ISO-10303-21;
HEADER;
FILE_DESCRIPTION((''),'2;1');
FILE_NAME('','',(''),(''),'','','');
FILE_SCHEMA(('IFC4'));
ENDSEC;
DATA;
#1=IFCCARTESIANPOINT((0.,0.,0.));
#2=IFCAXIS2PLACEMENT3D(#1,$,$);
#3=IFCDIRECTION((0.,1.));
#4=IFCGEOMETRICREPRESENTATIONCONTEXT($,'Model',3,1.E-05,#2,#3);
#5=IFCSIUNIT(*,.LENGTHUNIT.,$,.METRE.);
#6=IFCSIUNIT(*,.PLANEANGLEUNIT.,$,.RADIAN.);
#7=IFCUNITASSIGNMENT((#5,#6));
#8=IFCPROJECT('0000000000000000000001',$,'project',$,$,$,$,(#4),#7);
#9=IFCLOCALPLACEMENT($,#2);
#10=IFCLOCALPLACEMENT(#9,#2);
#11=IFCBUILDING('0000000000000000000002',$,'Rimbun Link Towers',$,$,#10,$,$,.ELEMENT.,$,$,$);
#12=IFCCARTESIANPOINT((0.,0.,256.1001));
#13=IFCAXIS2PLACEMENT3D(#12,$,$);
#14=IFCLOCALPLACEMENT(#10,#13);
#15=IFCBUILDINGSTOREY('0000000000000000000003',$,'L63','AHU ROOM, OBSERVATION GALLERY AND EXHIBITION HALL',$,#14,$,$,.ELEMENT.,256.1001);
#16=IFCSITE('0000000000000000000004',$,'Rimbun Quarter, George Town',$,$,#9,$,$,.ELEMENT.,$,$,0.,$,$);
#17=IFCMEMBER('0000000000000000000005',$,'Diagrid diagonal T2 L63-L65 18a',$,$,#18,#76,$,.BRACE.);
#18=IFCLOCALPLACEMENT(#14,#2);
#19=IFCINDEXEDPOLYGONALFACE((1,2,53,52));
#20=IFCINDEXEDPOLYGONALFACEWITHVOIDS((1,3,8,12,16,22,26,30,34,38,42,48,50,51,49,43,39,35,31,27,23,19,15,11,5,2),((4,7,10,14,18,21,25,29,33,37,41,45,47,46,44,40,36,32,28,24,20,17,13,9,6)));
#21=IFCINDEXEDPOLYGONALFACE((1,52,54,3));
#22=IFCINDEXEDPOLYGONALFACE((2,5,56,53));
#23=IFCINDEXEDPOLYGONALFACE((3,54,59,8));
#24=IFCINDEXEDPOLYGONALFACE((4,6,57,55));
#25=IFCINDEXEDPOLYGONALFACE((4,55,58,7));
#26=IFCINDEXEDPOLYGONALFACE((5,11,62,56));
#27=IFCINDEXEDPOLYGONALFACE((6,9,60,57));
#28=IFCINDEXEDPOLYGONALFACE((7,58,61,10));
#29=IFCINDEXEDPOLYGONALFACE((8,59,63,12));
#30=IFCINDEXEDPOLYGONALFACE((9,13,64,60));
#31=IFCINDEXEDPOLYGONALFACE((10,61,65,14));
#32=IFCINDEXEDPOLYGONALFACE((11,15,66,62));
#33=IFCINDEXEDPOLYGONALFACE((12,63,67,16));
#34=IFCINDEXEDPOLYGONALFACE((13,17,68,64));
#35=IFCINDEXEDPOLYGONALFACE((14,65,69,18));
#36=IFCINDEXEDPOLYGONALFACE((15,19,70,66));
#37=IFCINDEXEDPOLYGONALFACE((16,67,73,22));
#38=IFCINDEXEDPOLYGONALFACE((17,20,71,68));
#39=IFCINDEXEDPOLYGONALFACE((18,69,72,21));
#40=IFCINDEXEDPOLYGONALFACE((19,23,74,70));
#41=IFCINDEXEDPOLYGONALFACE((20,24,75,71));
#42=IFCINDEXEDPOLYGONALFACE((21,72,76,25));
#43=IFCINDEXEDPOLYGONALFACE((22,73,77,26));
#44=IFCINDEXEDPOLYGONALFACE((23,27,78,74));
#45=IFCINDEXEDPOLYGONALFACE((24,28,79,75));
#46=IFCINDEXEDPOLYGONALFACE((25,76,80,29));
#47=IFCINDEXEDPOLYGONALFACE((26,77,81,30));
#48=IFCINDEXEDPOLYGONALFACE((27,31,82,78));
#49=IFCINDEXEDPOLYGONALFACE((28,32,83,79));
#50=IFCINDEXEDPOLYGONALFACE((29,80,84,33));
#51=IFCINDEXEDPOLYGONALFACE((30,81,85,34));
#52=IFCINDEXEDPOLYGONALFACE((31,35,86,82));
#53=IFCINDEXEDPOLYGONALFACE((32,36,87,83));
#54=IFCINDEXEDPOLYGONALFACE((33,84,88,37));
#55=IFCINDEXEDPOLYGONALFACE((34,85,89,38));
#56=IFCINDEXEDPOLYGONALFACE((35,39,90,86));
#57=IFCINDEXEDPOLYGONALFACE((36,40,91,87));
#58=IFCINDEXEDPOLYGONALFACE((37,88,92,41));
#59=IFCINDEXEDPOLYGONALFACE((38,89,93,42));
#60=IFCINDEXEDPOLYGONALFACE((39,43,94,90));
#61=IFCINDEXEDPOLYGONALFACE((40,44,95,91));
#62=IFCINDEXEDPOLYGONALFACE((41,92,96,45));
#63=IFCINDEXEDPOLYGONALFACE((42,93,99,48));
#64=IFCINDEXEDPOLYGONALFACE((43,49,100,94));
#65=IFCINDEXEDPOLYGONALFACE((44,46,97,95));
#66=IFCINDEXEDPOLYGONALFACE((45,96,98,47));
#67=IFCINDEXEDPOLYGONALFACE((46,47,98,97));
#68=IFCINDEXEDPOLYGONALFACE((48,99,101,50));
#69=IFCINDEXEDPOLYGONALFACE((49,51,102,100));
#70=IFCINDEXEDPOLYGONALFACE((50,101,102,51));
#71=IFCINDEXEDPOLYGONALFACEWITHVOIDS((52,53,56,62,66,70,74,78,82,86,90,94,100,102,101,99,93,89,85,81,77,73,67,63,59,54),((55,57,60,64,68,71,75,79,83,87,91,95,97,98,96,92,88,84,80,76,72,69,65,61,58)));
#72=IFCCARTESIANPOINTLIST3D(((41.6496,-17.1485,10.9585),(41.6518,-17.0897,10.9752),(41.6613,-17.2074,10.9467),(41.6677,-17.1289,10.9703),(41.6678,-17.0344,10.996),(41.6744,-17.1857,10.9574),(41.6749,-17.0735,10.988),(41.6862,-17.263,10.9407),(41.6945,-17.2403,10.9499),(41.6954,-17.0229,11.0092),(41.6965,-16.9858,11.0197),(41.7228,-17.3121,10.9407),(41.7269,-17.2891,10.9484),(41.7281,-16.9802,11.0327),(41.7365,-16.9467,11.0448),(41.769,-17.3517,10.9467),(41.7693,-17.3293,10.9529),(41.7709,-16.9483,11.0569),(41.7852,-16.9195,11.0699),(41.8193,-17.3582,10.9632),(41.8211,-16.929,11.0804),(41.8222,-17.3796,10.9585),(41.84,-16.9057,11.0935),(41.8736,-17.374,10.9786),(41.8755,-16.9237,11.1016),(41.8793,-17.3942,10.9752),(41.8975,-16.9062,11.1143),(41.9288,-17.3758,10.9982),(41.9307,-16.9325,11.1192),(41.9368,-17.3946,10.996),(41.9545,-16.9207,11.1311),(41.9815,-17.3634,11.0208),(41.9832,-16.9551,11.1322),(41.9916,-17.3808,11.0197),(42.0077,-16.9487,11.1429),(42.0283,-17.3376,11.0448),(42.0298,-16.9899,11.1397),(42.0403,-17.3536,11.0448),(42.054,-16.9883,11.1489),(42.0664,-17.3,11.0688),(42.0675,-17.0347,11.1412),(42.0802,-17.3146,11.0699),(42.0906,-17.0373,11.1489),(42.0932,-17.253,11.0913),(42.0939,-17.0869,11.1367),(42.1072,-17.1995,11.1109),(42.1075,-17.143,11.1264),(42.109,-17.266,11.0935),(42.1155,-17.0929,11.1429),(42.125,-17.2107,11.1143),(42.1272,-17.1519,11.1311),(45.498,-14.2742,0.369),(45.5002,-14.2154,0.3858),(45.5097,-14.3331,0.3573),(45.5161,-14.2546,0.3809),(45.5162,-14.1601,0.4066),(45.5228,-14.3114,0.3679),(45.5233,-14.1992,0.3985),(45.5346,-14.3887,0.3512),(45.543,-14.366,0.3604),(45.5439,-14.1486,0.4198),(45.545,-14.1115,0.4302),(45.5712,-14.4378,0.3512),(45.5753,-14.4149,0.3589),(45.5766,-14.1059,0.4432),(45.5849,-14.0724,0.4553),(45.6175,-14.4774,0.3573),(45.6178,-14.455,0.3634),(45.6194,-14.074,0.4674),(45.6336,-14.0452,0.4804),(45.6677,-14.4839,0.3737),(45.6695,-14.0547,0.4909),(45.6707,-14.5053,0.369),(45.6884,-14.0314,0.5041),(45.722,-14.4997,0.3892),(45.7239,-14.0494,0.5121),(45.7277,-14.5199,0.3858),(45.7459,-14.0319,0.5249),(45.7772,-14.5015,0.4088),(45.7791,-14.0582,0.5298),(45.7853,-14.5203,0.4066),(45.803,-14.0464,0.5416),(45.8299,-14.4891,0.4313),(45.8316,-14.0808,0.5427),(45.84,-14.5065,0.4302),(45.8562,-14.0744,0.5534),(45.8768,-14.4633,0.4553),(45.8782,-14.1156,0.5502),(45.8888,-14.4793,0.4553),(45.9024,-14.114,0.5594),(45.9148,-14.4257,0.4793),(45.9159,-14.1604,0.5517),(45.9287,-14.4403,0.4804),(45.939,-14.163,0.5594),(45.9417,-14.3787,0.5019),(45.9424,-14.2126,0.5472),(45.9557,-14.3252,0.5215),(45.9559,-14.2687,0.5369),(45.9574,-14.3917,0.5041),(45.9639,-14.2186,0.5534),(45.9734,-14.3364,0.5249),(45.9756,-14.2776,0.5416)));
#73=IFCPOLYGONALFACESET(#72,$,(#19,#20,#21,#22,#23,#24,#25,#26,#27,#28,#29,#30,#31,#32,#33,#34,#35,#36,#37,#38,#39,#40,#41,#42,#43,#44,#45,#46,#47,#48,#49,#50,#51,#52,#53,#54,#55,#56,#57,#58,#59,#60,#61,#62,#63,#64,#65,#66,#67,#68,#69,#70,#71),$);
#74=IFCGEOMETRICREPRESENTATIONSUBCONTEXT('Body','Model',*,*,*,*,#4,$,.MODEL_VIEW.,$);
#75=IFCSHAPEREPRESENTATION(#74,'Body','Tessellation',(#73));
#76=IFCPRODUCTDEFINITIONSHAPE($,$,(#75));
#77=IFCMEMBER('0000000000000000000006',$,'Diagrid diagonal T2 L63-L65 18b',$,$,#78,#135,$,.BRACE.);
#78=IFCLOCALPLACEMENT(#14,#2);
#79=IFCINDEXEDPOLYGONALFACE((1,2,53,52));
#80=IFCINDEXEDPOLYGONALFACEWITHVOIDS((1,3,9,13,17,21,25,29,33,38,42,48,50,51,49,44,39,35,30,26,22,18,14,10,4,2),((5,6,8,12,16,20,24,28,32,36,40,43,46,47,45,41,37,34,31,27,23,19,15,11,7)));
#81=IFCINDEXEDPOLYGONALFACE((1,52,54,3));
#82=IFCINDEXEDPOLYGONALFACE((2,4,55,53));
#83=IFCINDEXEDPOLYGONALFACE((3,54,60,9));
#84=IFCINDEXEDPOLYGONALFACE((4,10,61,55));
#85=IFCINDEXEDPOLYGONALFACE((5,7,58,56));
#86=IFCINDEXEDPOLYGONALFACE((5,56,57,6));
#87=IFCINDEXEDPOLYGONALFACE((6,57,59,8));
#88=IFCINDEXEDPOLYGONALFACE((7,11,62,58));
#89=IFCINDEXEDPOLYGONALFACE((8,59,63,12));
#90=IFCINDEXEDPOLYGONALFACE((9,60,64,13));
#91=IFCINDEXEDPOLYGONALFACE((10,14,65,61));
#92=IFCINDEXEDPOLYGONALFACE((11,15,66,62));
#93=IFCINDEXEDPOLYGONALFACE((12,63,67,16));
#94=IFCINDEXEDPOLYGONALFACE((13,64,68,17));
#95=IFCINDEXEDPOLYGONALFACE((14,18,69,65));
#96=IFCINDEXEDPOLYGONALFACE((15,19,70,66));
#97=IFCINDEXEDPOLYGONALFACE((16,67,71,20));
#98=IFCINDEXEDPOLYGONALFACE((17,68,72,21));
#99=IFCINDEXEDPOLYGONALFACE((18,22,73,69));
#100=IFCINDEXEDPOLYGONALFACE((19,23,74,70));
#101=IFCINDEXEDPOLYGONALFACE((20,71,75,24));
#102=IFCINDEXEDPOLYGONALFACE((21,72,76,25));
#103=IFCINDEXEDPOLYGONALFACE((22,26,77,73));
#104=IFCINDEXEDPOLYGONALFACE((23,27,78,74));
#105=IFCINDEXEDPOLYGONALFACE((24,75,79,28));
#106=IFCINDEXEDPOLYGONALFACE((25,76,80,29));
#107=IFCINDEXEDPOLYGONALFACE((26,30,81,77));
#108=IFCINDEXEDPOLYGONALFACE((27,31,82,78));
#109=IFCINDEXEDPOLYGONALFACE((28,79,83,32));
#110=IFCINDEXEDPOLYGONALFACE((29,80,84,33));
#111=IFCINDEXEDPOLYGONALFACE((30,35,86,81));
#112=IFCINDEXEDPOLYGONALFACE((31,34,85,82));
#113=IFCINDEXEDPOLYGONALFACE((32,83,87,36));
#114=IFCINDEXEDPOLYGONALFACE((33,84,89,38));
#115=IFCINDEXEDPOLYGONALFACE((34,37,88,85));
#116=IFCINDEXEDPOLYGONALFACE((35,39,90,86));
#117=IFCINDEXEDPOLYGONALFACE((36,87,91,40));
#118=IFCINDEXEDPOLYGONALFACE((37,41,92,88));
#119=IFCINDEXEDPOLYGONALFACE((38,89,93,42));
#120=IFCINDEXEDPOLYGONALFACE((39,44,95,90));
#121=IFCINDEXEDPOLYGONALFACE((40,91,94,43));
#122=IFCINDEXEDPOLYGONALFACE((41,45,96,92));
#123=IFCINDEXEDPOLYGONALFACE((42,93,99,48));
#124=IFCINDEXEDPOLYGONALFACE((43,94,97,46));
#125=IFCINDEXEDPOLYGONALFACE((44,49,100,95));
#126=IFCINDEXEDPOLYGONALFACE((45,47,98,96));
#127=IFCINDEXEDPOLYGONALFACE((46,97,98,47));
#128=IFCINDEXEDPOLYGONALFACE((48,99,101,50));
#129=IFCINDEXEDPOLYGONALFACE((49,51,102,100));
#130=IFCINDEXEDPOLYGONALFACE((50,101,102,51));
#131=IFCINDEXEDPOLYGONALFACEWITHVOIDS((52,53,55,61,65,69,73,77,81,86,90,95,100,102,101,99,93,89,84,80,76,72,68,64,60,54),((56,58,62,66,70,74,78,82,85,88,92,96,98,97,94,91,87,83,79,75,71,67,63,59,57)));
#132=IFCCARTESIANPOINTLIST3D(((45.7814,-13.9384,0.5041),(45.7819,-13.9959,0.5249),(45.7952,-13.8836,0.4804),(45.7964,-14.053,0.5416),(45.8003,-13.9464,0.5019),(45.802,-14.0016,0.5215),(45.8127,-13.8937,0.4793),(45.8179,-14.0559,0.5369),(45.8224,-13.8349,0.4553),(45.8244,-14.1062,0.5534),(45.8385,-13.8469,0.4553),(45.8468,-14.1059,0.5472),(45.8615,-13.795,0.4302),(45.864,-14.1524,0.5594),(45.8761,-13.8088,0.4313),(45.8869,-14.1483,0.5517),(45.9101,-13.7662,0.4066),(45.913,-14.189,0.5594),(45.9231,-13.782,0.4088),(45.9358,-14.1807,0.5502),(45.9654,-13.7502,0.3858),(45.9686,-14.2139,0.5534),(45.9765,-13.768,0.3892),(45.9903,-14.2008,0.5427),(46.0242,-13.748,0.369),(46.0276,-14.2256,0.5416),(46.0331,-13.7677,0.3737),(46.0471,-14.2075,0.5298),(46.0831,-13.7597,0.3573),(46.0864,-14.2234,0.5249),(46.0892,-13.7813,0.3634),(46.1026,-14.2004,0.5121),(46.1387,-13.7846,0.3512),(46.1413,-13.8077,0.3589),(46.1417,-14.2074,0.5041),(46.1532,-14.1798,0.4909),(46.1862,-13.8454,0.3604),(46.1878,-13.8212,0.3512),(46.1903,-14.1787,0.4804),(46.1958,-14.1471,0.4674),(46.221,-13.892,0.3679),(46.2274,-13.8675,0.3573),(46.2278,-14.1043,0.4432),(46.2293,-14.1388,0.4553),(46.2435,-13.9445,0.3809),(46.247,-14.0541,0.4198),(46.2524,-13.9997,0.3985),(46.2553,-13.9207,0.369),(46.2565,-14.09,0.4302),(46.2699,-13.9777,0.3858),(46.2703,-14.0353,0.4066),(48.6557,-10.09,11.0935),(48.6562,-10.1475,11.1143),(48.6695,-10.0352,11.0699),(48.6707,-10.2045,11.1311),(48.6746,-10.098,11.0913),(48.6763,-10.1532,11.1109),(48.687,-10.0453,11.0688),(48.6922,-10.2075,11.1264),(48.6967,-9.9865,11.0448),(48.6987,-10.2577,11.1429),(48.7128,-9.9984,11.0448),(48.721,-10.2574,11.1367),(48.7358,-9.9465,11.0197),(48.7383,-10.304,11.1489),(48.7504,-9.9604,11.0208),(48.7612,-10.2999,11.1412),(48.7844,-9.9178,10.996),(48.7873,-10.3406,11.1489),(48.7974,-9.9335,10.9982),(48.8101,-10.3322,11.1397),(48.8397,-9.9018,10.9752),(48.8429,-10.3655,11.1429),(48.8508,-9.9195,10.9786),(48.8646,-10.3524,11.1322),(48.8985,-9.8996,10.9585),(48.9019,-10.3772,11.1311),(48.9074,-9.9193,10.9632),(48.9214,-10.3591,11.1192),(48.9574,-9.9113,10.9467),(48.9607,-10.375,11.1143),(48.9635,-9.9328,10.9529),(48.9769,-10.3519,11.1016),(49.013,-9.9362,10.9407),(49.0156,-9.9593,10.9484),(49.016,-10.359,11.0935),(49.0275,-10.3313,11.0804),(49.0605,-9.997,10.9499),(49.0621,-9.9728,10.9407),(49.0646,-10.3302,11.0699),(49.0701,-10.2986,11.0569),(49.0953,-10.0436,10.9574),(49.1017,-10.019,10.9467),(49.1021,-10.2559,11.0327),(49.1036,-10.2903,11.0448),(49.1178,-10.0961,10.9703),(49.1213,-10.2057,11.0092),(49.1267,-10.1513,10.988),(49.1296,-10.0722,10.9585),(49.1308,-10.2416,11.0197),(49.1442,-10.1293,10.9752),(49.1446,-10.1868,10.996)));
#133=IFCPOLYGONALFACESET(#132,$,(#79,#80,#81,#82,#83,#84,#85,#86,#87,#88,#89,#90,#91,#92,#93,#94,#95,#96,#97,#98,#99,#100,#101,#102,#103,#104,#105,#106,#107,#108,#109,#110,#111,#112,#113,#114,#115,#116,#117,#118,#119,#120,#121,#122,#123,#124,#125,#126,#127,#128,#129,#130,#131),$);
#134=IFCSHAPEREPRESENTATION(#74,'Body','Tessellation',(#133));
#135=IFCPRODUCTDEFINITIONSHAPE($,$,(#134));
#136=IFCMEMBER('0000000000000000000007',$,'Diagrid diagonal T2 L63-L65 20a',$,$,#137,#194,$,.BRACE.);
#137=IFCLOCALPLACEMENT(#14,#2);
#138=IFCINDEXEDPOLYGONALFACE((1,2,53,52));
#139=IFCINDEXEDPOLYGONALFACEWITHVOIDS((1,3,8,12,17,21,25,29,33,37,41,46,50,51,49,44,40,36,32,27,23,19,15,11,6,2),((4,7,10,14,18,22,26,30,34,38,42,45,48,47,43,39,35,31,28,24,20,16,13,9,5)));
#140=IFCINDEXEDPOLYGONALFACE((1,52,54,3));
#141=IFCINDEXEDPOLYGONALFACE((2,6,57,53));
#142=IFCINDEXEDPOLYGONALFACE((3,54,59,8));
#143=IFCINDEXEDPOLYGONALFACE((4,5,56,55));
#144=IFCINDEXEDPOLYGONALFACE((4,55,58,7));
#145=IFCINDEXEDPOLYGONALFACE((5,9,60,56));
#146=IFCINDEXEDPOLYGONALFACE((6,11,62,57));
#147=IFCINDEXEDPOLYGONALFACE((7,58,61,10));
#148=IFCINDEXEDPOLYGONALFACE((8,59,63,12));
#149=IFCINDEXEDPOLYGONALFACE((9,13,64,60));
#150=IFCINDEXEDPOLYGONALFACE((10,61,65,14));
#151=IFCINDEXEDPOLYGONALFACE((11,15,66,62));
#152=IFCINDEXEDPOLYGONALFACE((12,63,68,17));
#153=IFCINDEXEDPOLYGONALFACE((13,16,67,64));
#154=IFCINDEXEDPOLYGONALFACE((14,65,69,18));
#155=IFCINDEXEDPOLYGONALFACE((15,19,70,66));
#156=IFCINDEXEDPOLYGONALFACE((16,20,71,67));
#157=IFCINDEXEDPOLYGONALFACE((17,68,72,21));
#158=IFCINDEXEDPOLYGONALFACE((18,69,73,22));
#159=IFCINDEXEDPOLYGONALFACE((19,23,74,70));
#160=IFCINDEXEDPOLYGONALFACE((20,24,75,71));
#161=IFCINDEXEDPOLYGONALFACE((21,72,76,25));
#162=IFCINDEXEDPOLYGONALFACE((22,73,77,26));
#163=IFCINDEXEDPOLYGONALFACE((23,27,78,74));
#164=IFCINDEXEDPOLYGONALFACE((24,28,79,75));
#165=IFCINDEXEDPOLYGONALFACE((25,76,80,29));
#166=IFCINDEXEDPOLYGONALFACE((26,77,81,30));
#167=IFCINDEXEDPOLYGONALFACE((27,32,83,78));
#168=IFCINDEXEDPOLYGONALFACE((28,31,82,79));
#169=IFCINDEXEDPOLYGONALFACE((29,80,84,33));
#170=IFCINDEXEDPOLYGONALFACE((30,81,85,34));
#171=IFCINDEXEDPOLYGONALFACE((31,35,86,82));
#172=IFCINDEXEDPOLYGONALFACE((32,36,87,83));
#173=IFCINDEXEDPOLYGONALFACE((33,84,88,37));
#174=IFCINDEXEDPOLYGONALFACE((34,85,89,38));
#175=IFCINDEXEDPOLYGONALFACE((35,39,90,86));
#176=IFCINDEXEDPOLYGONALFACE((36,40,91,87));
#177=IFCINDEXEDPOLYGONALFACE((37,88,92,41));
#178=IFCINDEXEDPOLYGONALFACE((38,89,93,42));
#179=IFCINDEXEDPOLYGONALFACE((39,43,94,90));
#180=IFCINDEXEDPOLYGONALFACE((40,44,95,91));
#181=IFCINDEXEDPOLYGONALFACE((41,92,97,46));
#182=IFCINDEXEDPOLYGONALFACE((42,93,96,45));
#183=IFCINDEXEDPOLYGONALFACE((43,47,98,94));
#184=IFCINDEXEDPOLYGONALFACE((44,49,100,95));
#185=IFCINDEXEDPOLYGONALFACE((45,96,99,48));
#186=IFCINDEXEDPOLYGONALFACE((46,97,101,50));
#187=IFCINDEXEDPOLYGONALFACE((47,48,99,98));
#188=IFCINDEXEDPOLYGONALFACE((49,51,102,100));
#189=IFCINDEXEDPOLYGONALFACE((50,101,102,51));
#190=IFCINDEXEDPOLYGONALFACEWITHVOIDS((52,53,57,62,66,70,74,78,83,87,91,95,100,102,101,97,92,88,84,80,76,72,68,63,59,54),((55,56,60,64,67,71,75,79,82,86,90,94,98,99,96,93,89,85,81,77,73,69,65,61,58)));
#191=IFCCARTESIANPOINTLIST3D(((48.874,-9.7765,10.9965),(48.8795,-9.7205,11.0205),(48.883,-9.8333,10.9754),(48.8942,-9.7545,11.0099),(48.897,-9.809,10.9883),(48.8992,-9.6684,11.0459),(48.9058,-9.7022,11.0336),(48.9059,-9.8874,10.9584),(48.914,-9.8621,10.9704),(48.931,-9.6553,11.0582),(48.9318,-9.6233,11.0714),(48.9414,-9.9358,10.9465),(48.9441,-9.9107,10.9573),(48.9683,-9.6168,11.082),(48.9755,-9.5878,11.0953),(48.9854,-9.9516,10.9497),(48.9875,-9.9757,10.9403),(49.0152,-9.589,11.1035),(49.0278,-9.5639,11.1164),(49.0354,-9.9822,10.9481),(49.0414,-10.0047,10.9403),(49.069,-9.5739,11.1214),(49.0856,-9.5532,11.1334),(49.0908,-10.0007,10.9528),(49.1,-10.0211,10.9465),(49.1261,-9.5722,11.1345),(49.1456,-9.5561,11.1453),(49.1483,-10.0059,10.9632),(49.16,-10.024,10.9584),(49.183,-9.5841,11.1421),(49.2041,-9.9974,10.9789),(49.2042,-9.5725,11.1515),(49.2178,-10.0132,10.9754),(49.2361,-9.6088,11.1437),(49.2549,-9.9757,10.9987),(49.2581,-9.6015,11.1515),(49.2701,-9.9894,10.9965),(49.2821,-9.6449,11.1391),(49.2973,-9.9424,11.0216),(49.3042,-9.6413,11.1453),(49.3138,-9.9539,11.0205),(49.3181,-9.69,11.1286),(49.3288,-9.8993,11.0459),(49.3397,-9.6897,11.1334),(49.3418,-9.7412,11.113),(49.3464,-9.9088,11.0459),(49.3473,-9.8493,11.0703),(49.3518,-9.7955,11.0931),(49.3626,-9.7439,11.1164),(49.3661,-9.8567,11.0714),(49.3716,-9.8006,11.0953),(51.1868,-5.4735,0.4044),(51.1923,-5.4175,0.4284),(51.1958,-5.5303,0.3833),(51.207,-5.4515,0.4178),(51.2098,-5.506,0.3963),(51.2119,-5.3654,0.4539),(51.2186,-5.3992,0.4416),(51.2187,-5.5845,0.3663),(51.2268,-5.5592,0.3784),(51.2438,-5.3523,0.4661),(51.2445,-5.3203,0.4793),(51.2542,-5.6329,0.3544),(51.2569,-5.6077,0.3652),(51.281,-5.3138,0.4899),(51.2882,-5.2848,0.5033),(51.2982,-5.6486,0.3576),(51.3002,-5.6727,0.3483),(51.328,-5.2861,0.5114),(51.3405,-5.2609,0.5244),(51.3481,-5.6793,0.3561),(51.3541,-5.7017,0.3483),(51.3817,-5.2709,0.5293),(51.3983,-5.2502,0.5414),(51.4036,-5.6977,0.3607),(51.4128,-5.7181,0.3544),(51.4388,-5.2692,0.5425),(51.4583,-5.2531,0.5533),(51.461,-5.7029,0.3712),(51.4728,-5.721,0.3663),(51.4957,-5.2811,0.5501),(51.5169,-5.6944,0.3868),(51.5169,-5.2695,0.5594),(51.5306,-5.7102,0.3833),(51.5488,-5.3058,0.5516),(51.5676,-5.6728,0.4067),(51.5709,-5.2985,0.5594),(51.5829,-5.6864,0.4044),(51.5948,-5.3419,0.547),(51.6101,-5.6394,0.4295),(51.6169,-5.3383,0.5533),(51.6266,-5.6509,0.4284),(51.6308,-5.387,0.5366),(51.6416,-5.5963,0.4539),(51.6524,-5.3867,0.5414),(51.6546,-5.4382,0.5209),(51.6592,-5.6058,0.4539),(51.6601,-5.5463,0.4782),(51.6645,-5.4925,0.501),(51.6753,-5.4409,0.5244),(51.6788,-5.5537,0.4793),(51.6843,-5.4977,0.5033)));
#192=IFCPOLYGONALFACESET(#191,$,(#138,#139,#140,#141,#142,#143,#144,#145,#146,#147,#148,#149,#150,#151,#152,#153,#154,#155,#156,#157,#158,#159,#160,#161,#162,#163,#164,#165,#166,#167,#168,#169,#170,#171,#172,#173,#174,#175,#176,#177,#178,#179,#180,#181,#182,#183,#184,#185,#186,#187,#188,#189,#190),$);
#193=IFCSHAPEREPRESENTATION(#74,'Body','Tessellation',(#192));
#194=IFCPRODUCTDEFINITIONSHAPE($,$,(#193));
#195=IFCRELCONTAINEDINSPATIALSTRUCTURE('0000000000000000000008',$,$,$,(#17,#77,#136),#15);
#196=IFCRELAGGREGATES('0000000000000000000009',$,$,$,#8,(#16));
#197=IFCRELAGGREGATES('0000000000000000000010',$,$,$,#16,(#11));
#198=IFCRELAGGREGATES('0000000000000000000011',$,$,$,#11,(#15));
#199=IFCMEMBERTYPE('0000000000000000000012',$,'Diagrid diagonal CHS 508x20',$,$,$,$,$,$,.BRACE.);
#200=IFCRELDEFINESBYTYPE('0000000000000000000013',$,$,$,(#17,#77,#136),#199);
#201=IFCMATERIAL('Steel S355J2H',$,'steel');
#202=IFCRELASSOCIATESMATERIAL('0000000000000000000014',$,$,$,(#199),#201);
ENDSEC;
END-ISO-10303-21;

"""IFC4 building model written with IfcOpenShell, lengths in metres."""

from ifc_helpers import new_model, si_unit, direction, frame, origin, origin_2d, place, context, subcontext, project, spatial, hollow_circle, extrude, material, material_profile, profile_set, type_object, element, save


model = new_model("IFC4")

# Units and contexts
model_context = context("Model", 3, precision=1e-05, world=origin(), true_north=direction((0.0, 1.0)))
body_context = subcontext(model_context, "Body", "Model", "MODEL_VIEW")
ifc_project = project(units=[si_unit("LENGTHUNIT", "METRE"), si_unit("PLANEANGLEUNIT", "RADIAN")], contexts=[model_context])

# Site, building, storey
site_placement = place(None, origin())
site = spatial("IfcSite", under=ifc_project, at=site_placement, Name="Rimbun Quarter, George Town", CompositionType="ELEMENT", RefElevation=0.0)
building_placement = place(site_placement, origin())
building = spatial("IfcBuilding", under=site, at=building_placement, Name="Rimbun Link Towers", CompositionType="ELEMENT")
storey_placement = place(building_placement, frame((0.0, 0.0, 256.1001)))
storey = spatial("IfcBuildingStorey", under=building, at=storey_placement, Name="L63", Description="AHU ROOM, OBSERVATION GALLERY AND EXHIBITION HALL", CompositionType="ELEMENT", Elevation=256.1001)

# Members
ifc_material_1 = material(Name="Steel S355J2H", Category="steel")
ifc_material_profile_1 = material_profile(ifc_material_1, hollow_circle(Radius=0.2539, WallThickness=0.02, at=origin_2d()), Name="Diagrid diagonal CHS 508x20")
ifc_profile_set_1 = profile_set([ifc_material_profile_1], Name="Steel S355J2H")
member_type_1 = type_object("IfcMemberType", Name="Diagrid diagonal CHS 508x20", PredefinedType="BRACE", material=ifc_profile_set_1)
for number, where, z_axis, x_axis, name in (
    (1, (45.7368, -14.2759, 0.4553), (-0.330964, -0.247189, 0.910692), (0.598397, -0.8012, 0.0), "Diagrid diagonal T2 L63-L65 18a"),
    (2, (46.0259, -13.9868, 0.4553), (0.247189, 0.330964, 0.910692), (-0.8012, 0.598397, 0.0), "Diagrid diagonal T2 L63-L65 18b"),
):
    element("IfcMember", number, at=place(storey_placement, frame(where, z_axis=z_axis, x_axis=x_axis)), inside=storey, type_object=member_type_1, Name=name, PredefinedType="BRACE", context=body_context, shape_type="SweptSolid", body=[
        extrude(hollow_circle(Radius=0.2539, WallThickness=0.02, at=origin_2d()), origin(), (0.0, 0.0, 1.0), 11.6279),
    ])
member_1_placement = place(storey_placement, frame((51.4355, -5.4856, 0.4539), z_axis=(-0.198276, -0.368902, 0.908074), x_axis=(0.880834, -0.473426, 0.0)))
element("IfcMember", 3, at=member_1_placement, inside=storey, type_object=member_type_1, Name="Diagrid diagonal T2 L63-L65 20a", PredefinedType="BRACE", context=body_context, shape_type="SweptSolid", body=[
    extrude(hollow_circle(Radius=0.2539, WallThickness=0.02, at=origin_2d()), origin(), (0.0, 0.0, 1.0), 11.6643),
])

save(model, "model.ifc")
